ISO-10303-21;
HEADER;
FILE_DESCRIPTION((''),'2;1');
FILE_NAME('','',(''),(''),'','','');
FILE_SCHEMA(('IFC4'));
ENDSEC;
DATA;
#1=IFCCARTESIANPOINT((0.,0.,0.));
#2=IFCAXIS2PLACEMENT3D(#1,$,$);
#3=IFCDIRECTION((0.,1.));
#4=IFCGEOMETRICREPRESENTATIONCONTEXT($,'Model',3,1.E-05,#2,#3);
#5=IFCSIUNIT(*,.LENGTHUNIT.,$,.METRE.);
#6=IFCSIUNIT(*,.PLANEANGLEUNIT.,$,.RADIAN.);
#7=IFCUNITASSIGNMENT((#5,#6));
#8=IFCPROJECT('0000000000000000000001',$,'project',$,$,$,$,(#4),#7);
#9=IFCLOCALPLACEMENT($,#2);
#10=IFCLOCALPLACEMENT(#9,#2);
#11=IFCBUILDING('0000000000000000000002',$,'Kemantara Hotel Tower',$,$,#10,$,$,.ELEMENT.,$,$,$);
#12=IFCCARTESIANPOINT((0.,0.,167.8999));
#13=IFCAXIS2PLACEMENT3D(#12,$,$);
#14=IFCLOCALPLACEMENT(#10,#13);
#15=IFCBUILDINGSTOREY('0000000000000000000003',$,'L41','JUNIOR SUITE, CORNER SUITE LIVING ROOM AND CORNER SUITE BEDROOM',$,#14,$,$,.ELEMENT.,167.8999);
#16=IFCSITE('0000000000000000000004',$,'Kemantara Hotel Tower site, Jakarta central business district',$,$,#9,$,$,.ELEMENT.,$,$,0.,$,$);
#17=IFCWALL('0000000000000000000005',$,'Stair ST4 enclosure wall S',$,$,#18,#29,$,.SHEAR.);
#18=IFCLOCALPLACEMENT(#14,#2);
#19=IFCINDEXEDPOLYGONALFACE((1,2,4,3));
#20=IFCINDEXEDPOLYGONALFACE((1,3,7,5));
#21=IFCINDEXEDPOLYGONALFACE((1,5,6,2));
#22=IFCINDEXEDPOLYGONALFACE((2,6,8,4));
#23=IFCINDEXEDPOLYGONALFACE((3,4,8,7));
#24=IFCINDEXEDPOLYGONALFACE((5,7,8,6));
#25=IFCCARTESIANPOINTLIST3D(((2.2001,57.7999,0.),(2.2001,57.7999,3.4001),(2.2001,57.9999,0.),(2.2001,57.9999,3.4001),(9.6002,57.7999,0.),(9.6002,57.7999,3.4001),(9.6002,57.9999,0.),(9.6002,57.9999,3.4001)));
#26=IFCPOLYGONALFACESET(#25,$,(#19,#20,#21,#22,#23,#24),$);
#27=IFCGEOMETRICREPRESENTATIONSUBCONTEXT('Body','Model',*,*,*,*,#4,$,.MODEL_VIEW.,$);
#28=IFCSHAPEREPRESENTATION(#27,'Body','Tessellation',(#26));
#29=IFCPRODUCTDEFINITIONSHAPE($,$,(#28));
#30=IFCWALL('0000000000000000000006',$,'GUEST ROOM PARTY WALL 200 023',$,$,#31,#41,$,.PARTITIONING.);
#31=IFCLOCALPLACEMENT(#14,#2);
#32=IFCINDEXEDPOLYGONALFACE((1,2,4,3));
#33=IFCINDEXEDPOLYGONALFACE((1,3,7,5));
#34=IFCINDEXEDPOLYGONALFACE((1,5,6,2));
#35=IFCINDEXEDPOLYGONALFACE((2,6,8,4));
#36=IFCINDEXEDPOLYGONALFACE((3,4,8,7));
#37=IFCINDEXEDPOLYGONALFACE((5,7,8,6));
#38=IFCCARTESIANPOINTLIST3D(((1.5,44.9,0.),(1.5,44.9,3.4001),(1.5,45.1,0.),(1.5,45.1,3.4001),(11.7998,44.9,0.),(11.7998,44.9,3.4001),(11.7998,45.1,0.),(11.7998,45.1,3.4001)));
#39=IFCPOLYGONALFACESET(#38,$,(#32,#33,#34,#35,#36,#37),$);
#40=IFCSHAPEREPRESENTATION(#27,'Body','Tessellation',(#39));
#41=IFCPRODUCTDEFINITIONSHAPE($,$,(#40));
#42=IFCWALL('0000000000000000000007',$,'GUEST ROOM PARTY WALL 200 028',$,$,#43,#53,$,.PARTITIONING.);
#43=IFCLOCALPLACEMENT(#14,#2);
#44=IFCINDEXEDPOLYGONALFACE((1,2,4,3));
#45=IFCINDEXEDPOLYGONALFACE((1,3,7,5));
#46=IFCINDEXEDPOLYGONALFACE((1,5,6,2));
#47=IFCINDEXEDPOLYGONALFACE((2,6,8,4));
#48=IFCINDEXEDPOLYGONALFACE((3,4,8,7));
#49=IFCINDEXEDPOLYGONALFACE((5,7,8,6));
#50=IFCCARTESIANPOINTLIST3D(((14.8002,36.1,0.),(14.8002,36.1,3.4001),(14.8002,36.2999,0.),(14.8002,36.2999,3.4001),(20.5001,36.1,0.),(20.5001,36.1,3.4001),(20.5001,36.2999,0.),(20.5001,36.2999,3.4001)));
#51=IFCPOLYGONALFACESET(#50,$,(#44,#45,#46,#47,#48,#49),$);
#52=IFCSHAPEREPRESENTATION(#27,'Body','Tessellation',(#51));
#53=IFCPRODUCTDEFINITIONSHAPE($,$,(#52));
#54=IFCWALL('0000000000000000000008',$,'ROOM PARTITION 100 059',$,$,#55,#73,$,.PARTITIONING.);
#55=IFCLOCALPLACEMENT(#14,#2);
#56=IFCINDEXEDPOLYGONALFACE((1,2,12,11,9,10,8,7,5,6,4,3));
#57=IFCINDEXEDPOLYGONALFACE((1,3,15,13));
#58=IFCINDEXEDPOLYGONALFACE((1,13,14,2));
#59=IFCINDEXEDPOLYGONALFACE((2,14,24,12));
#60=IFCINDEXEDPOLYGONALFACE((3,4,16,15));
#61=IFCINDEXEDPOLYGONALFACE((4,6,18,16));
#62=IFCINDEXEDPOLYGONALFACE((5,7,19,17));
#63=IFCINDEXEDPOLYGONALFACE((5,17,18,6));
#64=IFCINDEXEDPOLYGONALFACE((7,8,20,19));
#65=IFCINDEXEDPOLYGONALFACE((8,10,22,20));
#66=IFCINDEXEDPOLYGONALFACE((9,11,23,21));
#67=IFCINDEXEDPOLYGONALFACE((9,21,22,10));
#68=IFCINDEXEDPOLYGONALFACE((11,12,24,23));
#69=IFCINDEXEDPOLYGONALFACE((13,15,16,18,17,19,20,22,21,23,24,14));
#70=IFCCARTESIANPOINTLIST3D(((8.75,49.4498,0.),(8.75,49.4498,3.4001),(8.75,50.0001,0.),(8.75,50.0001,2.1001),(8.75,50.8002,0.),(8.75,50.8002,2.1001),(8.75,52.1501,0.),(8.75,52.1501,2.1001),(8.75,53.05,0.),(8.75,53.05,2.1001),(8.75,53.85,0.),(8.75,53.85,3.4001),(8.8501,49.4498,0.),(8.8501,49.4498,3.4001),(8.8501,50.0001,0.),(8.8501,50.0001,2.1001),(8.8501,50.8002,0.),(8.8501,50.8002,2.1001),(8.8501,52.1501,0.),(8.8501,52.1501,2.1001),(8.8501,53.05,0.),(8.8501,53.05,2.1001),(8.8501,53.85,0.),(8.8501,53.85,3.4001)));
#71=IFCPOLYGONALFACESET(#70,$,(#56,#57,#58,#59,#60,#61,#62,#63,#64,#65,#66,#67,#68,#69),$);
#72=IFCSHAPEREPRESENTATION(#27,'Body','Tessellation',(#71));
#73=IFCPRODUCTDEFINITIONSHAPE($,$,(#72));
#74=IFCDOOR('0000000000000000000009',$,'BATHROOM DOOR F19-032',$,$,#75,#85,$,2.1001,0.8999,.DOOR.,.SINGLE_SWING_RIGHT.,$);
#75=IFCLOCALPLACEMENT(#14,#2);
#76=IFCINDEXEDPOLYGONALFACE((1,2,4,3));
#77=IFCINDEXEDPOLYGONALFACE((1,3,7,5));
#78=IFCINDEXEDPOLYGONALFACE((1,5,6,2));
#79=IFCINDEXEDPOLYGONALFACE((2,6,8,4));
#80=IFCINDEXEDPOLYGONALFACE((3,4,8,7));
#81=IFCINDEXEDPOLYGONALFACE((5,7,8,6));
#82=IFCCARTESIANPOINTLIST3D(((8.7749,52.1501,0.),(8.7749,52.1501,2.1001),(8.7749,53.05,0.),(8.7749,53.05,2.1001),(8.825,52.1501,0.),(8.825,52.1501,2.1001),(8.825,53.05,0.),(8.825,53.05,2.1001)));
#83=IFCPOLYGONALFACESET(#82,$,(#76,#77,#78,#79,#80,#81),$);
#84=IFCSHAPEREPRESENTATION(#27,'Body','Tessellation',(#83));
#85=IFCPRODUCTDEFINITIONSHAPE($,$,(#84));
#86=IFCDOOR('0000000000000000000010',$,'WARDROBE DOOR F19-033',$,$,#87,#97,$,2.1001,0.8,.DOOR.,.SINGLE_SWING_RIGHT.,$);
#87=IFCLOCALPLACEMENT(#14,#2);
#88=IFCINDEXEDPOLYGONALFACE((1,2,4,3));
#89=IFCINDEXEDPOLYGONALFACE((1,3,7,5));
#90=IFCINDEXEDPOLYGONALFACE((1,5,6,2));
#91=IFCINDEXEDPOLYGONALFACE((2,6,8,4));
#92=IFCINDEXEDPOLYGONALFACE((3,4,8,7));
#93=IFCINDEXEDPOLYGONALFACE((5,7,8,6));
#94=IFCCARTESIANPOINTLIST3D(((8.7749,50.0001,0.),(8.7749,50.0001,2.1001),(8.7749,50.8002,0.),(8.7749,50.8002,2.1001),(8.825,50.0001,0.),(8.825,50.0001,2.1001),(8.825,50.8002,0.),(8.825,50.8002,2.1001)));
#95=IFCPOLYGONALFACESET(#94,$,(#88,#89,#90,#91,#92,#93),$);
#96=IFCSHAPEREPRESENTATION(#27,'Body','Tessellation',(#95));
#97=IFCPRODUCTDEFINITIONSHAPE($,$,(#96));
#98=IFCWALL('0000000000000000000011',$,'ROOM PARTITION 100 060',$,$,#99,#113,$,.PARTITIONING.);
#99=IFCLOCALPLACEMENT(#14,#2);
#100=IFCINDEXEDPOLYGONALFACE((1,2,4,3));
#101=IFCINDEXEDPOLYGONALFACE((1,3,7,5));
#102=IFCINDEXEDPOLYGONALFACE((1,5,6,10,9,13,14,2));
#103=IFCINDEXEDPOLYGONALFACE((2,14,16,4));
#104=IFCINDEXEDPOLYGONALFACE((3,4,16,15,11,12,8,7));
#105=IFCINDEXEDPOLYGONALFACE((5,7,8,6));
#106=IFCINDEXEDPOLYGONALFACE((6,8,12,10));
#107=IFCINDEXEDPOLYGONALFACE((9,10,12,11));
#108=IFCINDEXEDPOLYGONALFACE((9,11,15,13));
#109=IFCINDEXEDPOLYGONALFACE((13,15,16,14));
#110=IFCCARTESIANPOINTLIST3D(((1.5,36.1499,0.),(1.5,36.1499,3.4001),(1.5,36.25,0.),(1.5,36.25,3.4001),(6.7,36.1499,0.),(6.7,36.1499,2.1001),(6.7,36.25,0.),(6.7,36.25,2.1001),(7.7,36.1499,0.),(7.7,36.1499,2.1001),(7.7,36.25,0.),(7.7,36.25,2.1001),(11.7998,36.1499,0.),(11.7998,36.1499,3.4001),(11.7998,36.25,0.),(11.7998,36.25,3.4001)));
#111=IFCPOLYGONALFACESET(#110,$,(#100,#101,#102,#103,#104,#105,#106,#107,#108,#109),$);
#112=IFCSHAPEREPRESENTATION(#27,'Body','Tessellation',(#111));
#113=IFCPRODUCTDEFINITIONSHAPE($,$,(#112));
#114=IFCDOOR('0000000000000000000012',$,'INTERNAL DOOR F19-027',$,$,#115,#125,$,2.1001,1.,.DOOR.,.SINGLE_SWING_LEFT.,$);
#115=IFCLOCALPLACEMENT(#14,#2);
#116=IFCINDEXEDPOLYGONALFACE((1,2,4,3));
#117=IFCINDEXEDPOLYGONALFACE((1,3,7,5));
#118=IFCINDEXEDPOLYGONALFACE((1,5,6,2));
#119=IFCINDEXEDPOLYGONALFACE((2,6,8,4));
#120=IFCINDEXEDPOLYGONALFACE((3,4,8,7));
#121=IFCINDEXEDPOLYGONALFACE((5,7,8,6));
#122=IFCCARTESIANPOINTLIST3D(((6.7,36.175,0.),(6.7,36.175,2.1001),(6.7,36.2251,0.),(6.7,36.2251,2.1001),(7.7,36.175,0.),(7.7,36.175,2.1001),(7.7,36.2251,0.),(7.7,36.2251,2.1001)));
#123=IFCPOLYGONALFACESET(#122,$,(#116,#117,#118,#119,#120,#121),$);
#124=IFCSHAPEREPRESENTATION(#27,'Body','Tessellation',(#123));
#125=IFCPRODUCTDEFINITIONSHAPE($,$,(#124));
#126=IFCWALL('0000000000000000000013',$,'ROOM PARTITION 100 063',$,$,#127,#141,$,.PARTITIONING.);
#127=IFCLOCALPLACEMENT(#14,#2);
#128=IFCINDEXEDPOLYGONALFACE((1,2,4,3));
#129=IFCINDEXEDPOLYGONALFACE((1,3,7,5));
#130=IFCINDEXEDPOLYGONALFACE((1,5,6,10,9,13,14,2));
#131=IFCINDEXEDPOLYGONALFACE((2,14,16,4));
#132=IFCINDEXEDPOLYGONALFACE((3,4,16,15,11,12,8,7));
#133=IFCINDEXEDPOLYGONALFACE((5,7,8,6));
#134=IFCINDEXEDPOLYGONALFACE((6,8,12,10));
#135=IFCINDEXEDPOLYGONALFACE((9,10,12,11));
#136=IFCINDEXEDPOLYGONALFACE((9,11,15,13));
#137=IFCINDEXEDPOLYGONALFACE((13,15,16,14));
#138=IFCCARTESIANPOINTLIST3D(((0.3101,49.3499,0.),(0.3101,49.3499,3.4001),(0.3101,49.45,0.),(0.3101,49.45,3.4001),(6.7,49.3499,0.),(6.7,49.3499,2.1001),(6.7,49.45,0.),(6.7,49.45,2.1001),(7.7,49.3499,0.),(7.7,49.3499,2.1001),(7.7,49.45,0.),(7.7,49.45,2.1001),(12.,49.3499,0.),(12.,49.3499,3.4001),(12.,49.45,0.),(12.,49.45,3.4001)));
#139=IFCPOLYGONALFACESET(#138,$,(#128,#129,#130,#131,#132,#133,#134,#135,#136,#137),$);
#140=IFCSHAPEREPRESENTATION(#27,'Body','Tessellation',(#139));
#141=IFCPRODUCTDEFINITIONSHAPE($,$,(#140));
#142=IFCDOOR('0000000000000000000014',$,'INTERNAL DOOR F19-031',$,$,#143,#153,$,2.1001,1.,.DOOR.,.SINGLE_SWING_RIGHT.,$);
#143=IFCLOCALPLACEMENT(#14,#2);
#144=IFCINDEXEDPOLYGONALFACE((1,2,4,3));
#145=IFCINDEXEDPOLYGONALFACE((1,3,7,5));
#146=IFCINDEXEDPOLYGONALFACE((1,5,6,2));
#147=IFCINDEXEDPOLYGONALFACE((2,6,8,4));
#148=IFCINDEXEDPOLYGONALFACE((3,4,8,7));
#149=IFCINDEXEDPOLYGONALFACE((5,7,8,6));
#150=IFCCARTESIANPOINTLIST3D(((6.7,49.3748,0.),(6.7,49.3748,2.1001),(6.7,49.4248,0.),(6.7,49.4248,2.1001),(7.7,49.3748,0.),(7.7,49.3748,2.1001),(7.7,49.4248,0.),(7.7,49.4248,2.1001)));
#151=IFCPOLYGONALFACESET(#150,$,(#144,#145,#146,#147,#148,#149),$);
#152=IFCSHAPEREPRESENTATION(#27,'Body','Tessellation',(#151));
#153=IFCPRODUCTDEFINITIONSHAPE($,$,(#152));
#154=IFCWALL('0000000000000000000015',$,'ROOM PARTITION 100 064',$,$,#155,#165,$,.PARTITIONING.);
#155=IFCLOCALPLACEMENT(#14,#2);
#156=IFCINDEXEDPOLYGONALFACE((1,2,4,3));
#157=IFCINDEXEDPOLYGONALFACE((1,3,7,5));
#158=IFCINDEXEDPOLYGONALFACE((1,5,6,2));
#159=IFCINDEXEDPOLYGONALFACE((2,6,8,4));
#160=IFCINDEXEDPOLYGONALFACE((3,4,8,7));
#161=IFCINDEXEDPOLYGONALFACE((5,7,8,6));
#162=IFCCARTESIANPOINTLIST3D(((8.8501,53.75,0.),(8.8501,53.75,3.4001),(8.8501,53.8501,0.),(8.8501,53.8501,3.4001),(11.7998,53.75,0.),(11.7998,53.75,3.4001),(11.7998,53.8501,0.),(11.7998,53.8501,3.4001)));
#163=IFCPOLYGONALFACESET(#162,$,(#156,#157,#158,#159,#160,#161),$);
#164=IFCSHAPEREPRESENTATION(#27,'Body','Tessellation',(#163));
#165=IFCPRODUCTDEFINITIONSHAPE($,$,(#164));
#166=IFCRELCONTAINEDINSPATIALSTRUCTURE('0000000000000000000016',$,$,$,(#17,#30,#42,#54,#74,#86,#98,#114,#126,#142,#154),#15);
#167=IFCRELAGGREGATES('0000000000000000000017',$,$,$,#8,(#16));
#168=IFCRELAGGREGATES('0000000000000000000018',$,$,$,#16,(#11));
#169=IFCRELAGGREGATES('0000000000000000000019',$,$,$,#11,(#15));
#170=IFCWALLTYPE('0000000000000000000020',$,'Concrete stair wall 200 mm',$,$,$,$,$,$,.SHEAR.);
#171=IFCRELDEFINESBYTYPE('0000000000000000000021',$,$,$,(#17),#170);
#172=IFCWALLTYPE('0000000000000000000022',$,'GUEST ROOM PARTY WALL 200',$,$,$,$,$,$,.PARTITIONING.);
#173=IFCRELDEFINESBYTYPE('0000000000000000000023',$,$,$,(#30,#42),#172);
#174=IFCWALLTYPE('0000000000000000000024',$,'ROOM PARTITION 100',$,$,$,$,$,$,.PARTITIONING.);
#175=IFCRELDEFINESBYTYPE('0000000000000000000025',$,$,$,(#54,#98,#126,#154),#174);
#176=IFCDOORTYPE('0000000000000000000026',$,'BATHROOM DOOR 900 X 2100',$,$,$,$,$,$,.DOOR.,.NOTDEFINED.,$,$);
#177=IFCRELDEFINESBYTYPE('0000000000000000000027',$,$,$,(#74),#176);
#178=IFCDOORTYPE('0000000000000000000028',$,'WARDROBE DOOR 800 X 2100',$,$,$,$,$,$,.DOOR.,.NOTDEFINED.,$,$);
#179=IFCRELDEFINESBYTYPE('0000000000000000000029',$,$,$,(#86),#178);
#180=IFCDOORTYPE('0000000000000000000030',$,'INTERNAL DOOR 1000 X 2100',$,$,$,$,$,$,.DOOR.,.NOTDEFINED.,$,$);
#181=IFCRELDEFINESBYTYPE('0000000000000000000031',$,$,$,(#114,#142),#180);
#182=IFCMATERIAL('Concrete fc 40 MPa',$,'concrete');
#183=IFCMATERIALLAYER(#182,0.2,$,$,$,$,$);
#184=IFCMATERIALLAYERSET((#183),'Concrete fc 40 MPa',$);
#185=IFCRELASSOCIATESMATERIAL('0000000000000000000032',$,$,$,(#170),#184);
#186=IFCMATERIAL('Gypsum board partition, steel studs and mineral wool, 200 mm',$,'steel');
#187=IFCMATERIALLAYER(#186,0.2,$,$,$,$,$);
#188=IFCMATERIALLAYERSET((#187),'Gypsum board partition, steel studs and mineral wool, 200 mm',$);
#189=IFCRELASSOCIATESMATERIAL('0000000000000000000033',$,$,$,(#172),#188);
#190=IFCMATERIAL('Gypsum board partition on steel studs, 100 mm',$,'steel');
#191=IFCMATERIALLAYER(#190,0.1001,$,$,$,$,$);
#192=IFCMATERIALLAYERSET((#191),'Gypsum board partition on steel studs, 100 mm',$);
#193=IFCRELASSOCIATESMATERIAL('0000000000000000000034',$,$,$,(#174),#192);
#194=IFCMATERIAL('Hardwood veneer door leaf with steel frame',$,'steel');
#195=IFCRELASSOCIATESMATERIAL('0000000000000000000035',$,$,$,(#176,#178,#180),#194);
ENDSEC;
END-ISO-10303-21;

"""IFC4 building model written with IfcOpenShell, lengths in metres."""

from ifc_helpers import new_model, si_unit, direction, frame, frame_2d, origin, place, context, subcontext, project, spatial, rectangle, extrude, material, layer, layer_set, type_object, element, fill, save


model = new_model("IFC4")

# Units and contexts
model_context = context("Model", 3, precision=1e-05, world=origin(), true_north=direction((0.0, 1.0)))
body_context = subcontext(model_context, "Body", "Model", "MODEL_VIEW")
ifc_project = project(units=[si_unit("LENGTHUNIT", "METRE"), si_unit("PLANEANGLEUNIT", "RADIAN")], contexts=[model_context])

# Site, building, storey
site_placement = place(None, origin())
site = spatial("IfcSite", under=ifc_project, at=site_placement, Name="Kemantara Hotel Tower site, Jakarta central business district", CompositionType="ELEMENT", RefElevation=0.0)
building_placement = place(site_placement, origin())
building = spatial("IfcBuilding", under=site, at=building_placement, Name="Kemantara Hotel Tower", CompositionType="ELEMENT")
storey_placement = place(building_placement, frame((0.0, 0.0, 167.8999)))
storey = spatial("IfcBuildingStorey", under=building, at=storey_placement, Name="L41", Description="JUNIOR SUITE, CORNER SUITE LIVING ROOM AND CORNER SUITE BEDROOM", CompositionType="ELEMENT", Elevation=167.8999)

# Shared definitions
ifc_material_1 = material(Name="Gypsum board partition, steel studs and mineral wool, 200 mm", Category="steel")
ifc_material_2 = material(Name="Hardwood veneer door leaf with steel frame", Category="steel")

# Shared definitions
ifc_material_3 = material(Name="Concrete fc 40 MPa", Category="concrete")
ifc_layer_1 = layer(ifc_material_3, 0.2)
ifc_layer_set_1 = layer_set([ifc_layer_1], Name="Concrete fc 40 MPa")
wall_type_1 = type_object("IfcWallType", Name="Concrete stair wall 200 mm", PredefinedType="SHEAR", material=ifc_layer_set_1)

# Walls
wall_1_placement = place(storey_placement, frame((2.2, 57.8999, 0.0), z_axis=(0.0, 0.0, 1.0), x_axis=(1.0, 0.0, 0.0)))
element("IfcWall", 1, at=wall_1_placement, inside=storey, type_object=wall_type_1, Name="Stair ST4 enclosure wall S", PredefinedType="SHEAR", context=body_context, shape_type="SweptSolid", body=[
    extrude(rectangle(XDim=7.4001, YDim=0.2, at=frame_2d((3.7002, 0.0))), origin(), (0.0, 0.0, 1.0), 3.4001),
])
ifc_layer_2 = layer(ifc_material_1, 0.2)
ifc_layer_set_2 = layer_set([ifc_layer_2], Name="Gypsum board partition, steel studs and mineral wool, 200 mm")
wall_type_2 = type_object("IfcWallType", Name="GUEST ROOM PARTY WALL 200", PredefinedType="PARTITIONING", material=ifc_layer_set_2)
wall_2_placement = place(storey_placement, frame((1.5, 45.0, 0.0), z_axis=(0.0, 0.0, 1.0), x_axis=(1.0, 0.0, 0.0)))
element("IfcWall", 2, at=wall_2_placement, inside=storey, type_object=wall_type_2, Name="GUEST ROOM PARTY WALL 200 023", PredefinedType="PARTITIONING", context=body_context, shape_type="SweptSolid", body=[
    extrude(rectangle(XDim=10.2998, YDim=0.2, at=frame_2d((5.1499, 0.0))), origin(), (0.0, 0.0, 1.0), 3.4001),
])
wall_3_placement = place(storey_placement, frame((14.8, 36.2, 0.0), z_axis=(0.0, 0.0, 1.0), x_axis=(1.0, 0.0, 0.0)))
element("IfcWall", 3, at=wall_3_placement, inside=storey, type_object=wall_type_2, Name="GUEST ROOM PARTY WALL 200 028", PredefinedType="PARTITIONING", context=body_context, shape_type="SweptSolid", body=[
    extrude(rectangle(XDim=5.7, YDim=0.2, at=frame_2d((2.8501, 0.0))), origin(), (0.0, 0.0, 1.0), 3.4001),
])

# Wall, openings, doors
ifc_material_4 = material(Name="Gypsum board partition on steel studs, 100 mm", Category="steel")
ifc_layer_3 = layer(ifc_material_4, 0.1001)
ifc_layer_set_3 = layer_set([ifc_layer_3], Name="Gypsum board partition on steel studs, 100 mm")
wall_type_3 = type_object("IfcWallType", Name="ROOM PARTITION 100", PredefinedType="PARTITIONING", material=ifc_layer_set_3)
wall_4_placement = place(storey_placement, frame((8.8, 53.8501, 0.0), z_axis=(0.0, 0.0, 1.0), x_axis=(0.0, -1.0, 0.0)))
wall_4 = element("IfcWall", 4, at=wall_4_placement, inside=storey, type_object=wall_type_3, Name="ROOM PARTITION 100 059", PredefinedType="PARTITIONING", context=body_context, shape_type="SweptSolid", body=[
    extrude(rectangle(XDim=4.4001, YDim=0.1001, at=frame_2d((2.2002, 0.0))), origin(), (0.0, 0.0, 1.0), 3.4001),
])
opening_1_placement = place(wall_4_placement, frame((0.8, 0.0, 0.0)))
opening_1 = element("IfcOpeningElement", 5, at=opening_1_placement, cuts=wall_4, PredefinedType="OPENING", context=body_context, shape_type="SweptSolid", body=[
    extrude(rectangle(XDim=0.8999, YDim=2.1001, at=frame_2d((0.45, 1.05))), frame((0.0, 0.0601, 0.0), z_axis=(0.0, -1.0, 0.0), x_axis=(1.0, 0.0, 0.0)), (0.0, 0.0, 1.0), 0.1201),
])
opening_2_placement = place(wall_4_placement, frame((3.05, 0.0, 0.0)))
opening_2 = element("IfcOpeningElement", 6, at=opening_2_placement, cuts=wall_4, PredefinedType="OPENING", context=body_context, shape_type="SweptSolid", body=[
    extrude(rectangle(XDim=0.8, YDim=2.1001, at=frame_2d((0.3999, 1.05))), frame((0.0, 0.0601, 0.0), z_axis=(0.0, -1.0, 0.0), x_axis=(1.0, 0.0, 0.0)), (0.0, 0.0, 1.0), 0.1201),
])
door_type_1 = type_object("IfcDoorType", Name="BATHROOM DOOR 900 X 2100", OperationType="NOTDEFINED", PredefinedType="DOOR", material=ifc_material_2)
door_1_placement = place(opening_1_placement, origin())
door_1 = element("IfcDoor", 7, at=door_1_placement, inside=storey, type_object=door_type_1, Name="BATHROOM DOOR F19-032", OperationType="SINGLE_SWING_RIGHT", OverallHeight=2.1001, OverallWidth=0.8999, PredefinedType="DOOR", context=body_context, shape_type="SweptSolid", body=[
    extrude(rectangle(XDim=0.8999, YDim=2.1001, at=frame_2d((0.45, 1.05))), frame((0.0, 0.0249, 0.0), z_axis=(0.0, -1.0, 0.0), x_axis=(1.0, 0.0, 0.0)), (0.0, 0.0, 1.0), 0.05),
])
fill(opening_1, door_1)
door_type_2 = type_object("IfcDoorType", Name="WARDROBE DOOR 800 X 2100", OperationType="NOTDEFINED", PredefinedType="DOOR", material=ifc_material_2)
door_2_placement = place(opening_2_placement, origin())
door_2 = element("IfcDoor", 8, at=door_2_placement, inside=storey, type_object=door_type_2, Name="WARDROBE DOOR F19-033", OperationType="SINGLE_SWING_RIGHT", OverallHeight=2.1001, OverallWidth=0.8, PredefinedType="DOOR", context=body_context, shape_type="SweptSolid", body=[
    extrude(rectangle(XDim=0.8, YDim=2.1001, at=frame_2d((0.3999, 1.05))), frame((0.0, 0.0249, 0.0), z_axis=(0.0, -1.0, 0.0), x_axis=(1.0, 0.0, 0.0)), (0.0, 0.0, 1.0), 0.05),
])
fill(opening_2, door_2)

# Walls, openings, doors
wall_5_placement = place(storey_placement, frame((11.7998, 36.2, 0.0), z_axis=(0.0, 0.0, 1.0), x_axis=(-1.0, 0.0, 0.0)))
wall_5 = element("IfcWall", 9, at=wall_5_placement, inside=storey, type_object=wall_type_3, Name="ROOM PARTITION 100 060", PredefinedType="PARTITIONING", context=body_context, shape_type="SweptSolid", body=[
    extrude(rectangle(XDim=10.2998, YDim=0.1001, at=frame_2d((5.1499, 0.0))), origin(), (0.0, 0.0, 1.0), 3.4001),
])
opening_3_placement = place(wall_5_placement, frame((4.0999, 0.0, 0.0)))
opening_3 = element("IfcOpeningElement", 10, at=opening_3_placement, cuts=wall_5, PredefinedType="OPENING", context=body_context, shape_type="SweptSolid", body=[
    extrude(rectangle(XDim=1.0, YDim=2.1001, at=frame_2d((0.5, 1.05))), frame((0.0, 0.0601, 0.0), z_axis=(0.0, -1.0, 0.0), x_axis=(1.0, 0.0, 0.0)), (0.0, 0.0, 1.0), 0.1201),
])
door_type_3 = type_object("IfcDoorType", Name="INTERNAL DOOR 1000 X 2100", OperationType="NOTDEFINED", PredefinedType="DOOR", material=ifc_material_2)
door_3_placement = place(opening_3_placement, origin())
door_3 = element("IfcDoor", 11, at=door_3_placement, inside=storey, type_object=door_type_3, Name="INTERNAL DOOR F19-027", OperationType="SINGLE_SWING_LEFT", OverallHeight=2.1001, OverallWidth=1.0, PredefinedType="DOOR", context=body_context, shape_type="SweptSolid", body=[
    extrude(rectangle(XDim=1.0, YDim=2.1001, at=frame_2d((0.5, 1.05))), frame((0.0, 0.0249, 0.0), z_axis=(0.0, -1.0, 0.0), x_axis=(1.0, 0.0, 0.0)), (0.0, 0.0, 1.0), 0.05),
])
fill(opening_3, door_3)
wall_6_placement = place(storey_placement, frame((0.3101, 49.3999, 0.0), z_axis=(0.0, 0.0, 1.0), x_axis=(1.0, 0.0, 0.0)))
wall_6 = element("IfcWall", 12, at=wall_6_placement, inside=storey, type_object=wall_type_3, Name="ROOM PARTITION 100 063", PredefinedType="PARTITIONING", context=body_context, shape_type="SweptSolid", body=[
    extrude(rectangle(XDim=11.6899, YDim=0.1001, at=frame_2d((5.845, 0.0))), origin(), (0.0, 0.0, 1.0), 3.4001),
])
opening_4_placement = place(wall_6_placement, frame((6.3899, 0.0, 0.0)))
opening_4 = element("IfcOpeningElement", 13, at=opening_4_placement, cuts=wall_6, PredefinedType="OPENING", context=body_context, shape_type="SweptSolid", body=[
    extrude(rectangle(XDim=1.0, YDim=2.1001, at=frame_2d((0.5, 1.05))), frame((0.0, 0.0601, 0.0), z_axis=(0.0, -1.0, 0.0), x_axis=(1.0, 0.0, 0.0)), (0.0, 0.0, 1.0), 0.1201),
])
door_4_placement = place(opening_4_placement, origin())
door_4 = element("IfcDoor", 14, at=door_4_placement, inside=storey, type_object=door_type_3, Name="INTERNAL DOOR F19-031", OperationType="SINGLE_SWING_RIGHT", OverallHeight=2.1001, OverallWidth=1.0, PredefinedType="DOOR", context=body_context, shape_type="SweptSolid", body=[
    extrude(rectangle(XDim=1.0, YDim=2.1001, at=frame_2d((0.5, 1.05))), frame((0.0, 0.0249, 0.0), z_axis=(0.0, -1.0, 0.0), x_axis=(1.0, 0.0, 0.0)), (0.0, 0.0, 1.0), 0.05),
])
fill(opening_4, door_4)

# Wall
wall_7_placement = place(storey_placement, frame((8.8501, 53.8, 0.0), z_axis=(0.0, 0.0, 1.0), x_axis=(1.0, 0.0, 0.0)))
element("IfcWall", 15, at=wall_7_placement, inside=storey, type_object=wall_type_3, Name="ROOM PARTITION 100 064", PredefinedType="PARTITIONING", context=body_context, shape_type="SweptSolid", body=[
    extrude(rectangle(XDim=2.9497, YDim=0.1001, at=frame_2d((1.4749, 0.0))), origin(), (0.0, 0.0, 1.0), 3.4001),
])

save(model, "model.ifc")
